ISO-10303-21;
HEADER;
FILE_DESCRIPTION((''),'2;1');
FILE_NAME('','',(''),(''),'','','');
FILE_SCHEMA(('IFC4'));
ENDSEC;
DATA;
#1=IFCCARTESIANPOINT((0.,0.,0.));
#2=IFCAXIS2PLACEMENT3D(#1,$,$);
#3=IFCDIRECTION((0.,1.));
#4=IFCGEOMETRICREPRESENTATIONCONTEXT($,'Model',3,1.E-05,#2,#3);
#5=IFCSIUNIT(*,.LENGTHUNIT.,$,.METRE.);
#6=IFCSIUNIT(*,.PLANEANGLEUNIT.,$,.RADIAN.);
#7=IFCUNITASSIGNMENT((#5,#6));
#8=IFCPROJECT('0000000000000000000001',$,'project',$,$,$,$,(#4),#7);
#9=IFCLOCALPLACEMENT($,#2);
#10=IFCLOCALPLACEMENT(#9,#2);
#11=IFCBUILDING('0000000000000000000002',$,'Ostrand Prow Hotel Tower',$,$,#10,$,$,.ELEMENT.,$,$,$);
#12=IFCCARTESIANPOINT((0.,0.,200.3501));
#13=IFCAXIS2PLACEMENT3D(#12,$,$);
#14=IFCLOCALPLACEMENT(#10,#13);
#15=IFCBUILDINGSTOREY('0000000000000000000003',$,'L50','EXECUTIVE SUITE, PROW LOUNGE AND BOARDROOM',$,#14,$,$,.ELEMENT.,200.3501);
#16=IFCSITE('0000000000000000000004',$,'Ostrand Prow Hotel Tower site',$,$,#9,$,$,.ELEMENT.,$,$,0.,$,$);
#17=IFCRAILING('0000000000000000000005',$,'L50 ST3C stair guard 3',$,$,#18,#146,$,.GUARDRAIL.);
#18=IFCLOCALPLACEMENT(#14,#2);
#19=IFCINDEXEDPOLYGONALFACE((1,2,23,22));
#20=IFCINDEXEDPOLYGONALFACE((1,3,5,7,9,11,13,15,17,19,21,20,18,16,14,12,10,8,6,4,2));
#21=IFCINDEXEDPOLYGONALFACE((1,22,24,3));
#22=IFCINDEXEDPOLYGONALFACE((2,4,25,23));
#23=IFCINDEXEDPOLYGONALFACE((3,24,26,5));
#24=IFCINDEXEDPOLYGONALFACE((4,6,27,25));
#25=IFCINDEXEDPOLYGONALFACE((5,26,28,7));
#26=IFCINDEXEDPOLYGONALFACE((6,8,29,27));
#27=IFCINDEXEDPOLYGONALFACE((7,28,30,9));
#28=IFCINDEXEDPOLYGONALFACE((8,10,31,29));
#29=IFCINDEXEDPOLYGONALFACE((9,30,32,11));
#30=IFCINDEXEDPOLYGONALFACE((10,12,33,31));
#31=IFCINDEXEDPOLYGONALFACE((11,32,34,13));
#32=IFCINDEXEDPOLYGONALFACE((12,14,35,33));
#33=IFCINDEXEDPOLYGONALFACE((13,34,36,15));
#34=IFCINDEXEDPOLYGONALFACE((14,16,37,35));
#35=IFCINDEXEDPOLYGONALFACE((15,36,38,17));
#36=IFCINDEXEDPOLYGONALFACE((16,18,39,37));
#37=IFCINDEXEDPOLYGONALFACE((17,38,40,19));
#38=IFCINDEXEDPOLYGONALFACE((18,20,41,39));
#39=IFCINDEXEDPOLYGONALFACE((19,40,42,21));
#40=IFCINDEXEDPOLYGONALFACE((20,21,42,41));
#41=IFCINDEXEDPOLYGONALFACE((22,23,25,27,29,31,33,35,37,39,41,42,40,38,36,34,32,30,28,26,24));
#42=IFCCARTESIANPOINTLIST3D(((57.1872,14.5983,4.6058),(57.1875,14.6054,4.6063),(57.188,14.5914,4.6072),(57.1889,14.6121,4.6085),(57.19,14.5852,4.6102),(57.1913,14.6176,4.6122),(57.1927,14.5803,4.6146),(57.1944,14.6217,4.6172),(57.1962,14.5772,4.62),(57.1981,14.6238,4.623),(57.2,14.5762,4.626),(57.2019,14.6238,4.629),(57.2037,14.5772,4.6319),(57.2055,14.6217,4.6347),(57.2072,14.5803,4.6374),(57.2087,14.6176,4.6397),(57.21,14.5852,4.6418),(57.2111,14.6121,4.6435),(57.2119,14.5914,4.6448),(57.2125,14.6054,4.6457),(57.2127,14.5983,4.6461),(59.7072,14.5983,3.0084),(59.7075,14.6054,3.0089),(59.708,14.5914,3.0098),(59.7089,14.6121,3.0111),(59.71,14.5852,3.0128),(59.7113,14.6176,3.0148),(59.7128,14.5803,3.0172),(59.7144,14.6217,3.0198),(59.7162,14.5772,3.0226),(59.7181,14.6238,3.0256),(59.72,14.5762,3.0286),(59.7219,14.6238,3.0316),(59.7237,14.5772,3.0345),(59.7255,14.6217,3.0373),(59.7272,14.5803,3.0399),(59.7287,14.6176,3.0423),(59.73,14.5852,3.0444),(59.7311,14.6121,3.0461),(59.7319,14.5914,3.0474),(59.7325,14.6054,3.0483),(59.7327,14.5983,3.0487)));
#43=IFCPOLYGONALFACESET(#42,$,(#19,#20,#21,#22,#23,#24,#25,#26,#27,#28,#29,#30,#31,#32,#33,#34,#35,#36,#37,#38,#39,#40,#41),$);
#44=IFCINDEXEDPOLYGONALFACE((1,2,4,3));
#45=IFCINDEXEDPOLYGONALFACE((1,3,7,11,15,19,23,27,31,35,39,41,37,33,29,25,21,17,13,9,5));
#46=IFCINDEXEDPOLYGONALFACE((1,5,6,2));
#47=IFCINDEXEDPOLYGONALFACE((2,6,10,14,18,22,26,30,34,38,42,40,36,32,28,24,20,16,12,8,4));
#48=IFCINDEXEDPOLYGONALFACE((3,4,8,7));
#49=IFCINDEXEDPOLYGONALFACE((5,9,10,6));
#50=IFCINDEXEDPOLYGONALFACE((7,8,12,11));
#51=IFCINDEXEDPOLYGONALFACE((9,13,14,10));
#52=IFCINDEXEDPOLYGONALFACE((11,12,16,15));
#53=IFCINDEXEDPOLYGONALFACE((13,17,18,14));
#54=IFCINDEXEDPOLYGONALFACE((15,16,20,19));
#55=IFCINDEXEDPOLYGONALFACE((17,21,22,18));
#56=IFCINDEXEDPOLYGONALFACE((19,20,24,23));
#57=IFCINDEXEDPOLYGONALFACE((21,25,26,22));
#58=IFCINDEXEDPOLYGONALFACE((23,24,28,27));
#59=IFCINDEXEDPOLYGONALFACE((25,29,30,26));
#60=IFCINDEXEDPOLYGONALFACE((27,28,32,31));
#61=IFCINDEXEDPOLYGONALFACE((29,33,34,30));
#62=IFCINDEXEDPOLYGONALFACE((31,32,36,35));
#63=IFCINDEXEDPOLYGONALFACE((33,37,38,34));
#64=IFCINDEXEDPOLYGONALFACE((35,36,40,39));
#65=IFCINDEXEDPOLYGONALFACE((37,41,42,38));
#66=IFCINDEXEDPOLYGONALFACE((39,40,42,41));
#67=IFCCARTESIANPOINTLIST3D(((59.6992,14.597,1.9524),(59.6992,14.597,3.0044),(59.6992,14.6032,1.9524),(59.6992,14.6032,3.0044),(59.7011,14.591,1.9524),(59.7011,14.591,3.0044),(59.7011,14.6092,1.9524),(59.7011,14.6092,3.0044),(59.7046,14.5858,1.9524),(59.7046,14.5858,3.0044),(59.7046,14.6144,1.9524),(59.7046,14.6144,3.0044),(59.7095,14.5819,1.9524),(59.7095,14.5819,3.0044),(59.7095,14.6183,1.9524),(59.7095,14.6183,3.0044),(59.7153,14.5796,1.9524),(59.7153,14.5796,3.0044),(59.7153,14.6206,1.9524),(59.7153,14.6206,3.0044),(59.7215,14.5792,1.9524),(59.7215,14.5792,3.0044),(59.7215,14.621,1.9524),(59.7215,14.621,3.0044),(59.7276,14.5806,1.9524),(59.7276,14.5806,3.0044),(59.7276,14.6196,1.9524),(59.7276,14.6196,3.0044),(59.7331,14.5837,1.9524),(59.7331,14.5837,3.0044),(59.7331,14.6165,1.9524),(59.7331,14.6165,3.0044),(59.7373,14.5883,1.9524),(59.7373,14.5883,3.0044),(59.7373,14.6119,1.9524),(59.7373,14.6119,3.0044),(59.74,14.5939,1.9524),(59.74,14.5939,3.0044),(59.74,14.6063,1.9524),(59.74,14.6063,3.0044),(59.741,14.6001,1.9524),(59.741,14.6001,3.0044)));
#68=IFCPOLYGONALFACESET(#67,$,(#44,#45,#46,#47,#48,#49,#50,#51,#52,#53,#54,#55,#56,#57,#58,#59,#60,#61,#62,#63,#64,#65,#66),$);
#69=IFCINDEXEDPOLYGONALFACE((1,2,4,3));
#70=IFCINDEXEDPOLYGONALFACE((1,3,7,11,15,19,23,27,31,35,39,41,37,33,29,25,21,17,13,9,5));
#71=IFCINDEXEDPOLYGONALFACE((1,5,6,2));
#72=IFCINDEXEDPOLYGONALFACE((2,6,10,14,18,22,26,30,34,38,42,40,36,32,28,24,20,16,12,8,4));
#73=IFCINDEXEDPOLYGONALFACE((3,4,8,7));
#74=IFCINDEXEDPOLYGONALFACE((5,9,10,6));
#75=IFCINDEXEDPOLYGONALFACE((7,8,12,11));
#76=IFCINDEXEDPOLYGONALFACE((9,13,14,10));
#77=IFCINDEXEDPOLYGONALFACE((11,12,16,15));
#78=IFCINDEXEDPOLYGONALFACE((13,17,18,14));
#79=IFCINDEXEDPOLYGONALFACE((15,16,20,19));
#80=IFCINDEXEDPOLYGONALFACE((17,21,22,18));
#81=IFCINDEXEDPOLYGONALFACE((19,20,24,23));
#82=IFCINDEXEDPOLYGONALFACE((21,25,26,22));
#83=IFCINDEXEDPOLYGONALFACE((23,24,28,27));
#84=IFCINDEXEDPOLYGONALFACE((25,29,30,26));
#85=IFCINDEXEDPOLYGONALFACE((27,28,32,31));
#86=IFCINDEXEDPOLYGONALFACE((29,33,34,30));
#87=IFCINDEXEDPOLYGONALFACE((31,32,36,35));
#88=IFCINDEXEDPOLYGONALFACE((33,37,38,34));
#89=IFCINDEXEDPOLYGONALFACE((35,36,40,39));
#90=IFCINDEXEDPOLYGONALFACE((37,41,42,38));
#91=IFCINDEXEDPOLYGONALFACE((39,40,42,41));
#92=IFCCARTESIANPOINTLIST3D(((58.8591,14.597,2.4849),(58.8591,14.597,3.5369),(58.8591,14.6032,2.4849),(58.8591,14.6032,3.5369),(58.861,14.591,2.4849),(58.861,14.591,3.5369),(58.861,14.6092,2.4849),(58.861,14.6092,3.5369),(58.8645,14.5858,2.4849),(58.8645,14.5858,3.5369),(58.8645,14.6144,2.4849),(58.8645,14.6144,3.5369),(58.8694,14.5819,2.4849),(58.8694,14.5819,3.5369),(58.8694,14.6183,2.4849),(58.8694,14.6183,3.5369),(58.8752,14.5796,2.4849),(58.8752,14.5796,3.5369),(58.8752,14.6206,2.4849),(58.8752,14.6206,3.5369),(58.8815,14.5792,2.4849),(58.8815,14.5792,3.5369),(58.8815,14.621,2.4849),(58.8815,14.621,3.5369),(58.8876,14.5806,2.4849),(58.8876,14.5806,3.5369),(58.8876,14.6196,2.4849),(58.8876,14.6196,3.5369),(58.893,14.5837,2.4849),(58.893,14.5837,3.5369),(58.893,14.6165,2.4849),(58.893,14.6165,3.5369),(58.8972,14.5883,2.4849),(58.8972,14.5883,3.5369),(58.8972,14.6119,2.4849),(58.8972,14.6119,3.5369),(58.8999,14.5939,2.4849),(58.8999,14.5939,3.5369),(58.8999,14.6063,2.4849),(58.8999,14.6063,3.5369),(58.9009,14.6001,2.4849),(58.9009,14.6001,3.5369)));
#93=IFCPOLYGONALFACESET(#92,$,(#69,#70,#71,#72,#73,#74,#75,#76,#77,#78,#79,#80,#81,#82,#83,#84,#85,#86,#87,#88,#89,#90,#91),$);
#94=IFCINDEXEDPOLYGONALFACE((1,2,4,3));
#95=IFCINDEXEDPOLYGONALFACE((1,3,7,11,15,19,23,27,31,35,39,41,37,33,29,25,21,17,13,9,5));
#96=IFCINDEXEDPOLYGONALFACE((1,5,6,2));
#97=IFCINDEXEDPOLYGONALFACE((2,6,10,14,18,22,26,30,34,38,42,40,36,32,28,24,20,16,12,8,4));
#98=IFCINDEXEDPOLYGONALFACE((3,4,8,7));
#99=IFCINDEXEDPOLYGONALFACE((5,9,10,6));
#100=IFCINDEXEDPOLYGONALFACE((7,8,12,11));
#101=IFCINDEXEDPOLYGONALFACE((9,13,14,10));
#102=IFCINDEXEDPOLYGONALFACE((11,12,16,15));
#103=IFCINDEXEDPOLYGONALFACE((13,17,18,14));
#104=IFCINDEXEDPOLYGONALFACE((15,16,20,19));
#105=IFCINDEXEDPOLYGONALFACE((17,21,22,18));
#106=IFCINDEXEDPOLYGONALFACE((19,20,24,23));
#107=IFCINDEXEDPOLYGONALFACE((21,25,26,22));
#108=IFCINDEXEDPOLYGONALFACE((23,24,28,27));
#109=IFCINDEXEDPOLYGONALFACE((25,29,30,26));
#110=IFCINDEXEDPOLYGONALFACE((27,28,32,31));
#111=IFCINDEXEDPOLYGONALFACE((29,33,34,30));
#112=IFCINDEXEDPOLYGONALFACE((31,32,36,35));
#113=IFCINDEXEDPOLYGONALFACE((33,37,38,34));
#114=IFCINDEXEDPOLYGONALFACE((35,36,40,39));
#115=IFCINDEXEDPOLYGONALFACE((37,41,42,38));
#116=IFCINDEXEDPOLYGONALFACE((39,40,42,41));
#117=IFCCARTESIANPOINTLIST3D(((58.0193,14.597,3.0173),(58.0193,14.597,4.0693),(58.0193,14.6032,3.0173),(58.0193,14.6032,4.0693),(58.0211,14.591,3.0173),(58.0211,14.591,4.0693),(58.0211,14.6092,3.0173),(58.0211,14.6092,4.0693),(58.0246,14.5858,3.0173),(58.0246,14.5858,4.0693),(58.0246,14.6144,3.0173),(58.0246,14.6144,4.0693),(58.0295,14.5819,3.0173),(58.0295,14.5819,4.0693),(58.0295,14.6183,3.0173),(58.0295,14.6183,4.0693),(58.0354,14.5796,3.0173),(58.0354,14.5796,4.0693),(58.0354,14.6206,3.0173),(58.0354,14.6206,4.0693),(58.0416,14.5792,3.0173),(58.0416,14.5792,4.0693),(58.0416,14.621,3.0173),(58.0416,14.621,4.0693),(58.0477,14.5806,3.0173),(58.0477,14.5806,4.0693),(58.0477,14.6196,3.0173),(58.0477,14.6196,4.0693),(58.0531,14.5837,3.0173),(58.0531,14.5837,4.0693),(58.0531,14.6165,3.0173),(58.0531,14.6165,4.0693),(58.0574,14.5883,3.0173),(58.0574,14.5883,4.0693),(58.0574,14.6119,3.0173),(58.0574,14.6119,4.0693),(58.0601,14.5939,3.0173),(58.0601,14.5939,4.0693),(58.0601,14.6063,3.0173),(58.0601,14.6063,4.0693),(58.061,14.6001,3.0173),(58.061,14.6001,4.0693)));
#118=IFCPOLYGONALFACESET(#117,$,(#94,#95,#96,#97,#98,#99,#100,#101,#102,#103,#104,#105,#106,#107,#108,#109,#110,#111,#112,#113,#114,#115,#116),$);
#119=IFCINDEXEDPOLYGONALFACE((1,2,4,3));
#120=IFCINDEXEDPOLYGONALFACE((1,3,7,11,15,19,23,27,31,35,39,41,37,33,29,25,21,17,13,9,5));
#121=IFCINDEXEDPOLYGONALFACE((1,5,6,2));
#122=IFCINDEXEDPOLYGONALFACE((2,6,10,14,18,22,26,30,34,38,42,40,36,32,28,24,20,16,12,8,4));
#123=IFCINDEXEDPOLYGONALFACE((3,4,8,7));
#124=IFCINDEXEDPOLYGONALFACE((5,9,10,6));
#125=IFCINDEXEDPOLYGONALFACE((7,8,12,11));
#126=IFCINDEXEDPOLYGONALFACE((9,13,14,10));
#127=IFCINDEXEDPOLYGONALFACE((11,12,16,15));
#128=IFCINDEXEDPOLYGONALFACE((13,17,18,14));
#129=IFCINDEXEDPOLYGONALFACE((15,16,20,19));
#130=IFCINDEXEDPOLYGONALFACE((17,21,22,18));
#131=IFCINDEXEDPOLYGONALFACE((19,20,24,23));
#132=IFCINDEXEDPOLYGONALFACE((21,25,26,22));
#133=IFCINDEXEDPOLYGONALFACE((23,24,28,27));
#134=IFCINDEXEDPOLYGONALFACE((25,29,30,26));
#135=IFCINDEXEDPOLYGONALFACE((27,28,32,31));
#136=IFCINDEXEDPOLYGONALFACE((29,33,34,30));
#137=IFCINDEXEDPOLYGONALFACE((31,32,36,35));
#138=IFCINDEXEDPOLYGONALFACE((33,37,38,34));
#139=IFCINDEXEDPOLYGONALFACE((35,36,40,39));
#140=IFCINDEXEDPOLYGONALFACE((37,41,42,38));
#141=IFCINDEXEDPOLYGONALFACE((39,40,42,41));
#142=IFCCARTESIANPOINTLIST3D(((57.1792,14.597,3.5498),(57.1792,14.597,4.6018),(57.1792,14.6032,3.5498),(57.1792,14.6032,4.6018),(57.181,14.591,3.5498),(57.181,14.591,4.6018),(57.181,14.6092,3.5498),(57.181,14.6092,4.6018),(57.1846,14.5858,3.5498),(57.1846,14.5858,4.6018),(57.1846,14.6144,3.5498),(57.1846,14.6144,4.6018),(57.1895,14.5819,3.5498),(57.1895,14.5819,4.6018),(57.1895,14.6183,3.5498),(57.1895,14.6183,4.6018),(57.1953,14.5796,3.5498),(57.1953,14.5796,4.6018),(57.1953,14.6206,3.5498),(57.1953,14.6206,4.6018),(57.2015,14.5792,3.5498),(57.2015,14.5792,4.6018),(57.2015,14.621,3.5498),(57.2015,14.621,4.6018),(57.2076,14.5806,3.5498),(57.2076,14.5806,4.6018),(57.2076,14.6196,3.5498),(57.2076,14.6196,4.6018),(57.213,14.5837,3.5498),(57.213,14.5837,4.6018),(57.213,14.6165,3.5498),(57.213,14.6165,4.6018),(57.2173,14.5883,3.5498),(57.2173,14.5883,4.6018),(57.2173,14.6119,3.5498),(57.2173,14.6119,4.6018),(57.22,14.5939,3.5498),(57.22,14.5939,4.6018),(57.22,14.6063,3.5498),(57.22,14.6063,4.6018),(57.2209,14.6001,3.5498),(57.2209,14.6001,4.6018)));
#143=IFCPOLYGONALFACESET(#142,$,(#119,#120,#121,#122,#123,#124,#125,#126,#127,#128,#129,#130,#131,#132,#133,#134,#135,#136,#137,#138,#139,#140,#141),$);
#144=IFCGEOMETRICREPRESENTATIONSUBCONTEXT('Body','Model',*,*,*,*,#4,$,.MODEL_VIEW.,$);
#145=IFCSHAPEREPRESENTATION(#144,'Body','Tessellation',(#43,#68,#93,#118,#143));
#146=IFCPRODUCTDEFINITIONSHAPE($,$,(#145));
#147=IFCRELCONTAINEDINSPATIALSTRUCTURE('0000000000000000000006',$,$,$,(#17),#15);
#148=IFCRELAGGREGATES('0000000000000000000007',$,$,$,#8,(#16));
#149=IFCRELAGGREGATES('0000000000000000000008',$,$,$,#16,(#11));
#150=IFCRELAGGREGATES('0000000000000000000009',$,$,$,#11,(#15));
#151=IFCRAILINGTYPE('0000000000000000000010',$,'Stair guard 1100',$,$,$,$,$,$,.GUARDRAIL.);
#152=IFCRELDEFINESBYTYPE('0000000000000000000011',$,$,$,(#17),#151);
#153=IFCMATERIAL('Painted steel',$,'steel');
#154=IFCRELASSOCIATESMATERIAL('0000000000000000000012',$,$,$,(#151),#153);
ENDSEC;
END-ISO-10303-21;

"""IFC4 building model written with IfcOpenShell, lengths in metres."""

from ifc_helpers import new_model, si_unit, direction, frame, origin, origin_2d, place, context, subcontext, project, spatial, circle, extrude, material, type_object, element, save


model = new_model("IFC4")

# Units and contexts
model_context = context("Model", 3, precision=1e-05, world=origin(), true_north=direction((0.0, 1.0)))
body_context = subcontext(model_context, "Body", "Model", "MODEL_VIEW")
ifc_project = project(units=[si_unit("LENGTHUNIT", "METRE"), si_unit("PLANEANGLEUNIT", "RADIAN")], contexts=[model_context])

# Site, building, storey
site_placement = place(None, origin())
site = spatial("IfcSite", under=ifc_project, at=site_placement, Name="Ostrand Prow Hotel Tower site", CompositionType="ELEMENT", RefElevation=0.0)
building_placement = place(site_placement, origin())
building = spatial("IfcBuilding", under=site, at=building_placement, Name="Ostrand Prow Hotel Tower", CompositionType="ELEMENT")
storey_placement = place(building_placement, frame((0.0, 0.0, 200.3501)))
storey = spatial("IfcBuildingStorey", under=building, at=storey_placement, Name="L50", Description="EXECUTIVE SUITE, PROW LOUNGE AND BOARDROOM", CompositionType="ELEMENT", Elevation=200.3501)

# Railing
ifc_material_1 = material(Name="Painted steel", Category="steel")
railing_type_1 = type_object("IfcRailingType", Name="Stair guard 1100", PredefinedType="GUARDRAIL", material=ifc_material_1)
railing_1_placement = place(storey_placement, frame((59.72, 14.6001, 1.9524)))
element("IfcRailing", 1, at=railing_1_placement, inside=storey, type_object=railing_type_1, Name="L50 ST3C stair guard 3", PredefinedType="GUARDRAIL", context=body_context, shape_type="SweptSolid", body=[
    extrude(circle(Radius=0.0239, at=origin_2d()), frame((0.0, 0.0, 1.0762), z_axis=(-0.844607, 0.0, 0.535387), x_axis=(0.0, -1.0, 0.0)), (0.0, 0.0, 1.0), 2.9836),
    extrude(circle(Radius=0.021, at=origin_2d()), origin(), (0.0, 0.0, 1.0), 1.052),
    extrude(circle(Radius=0.021, at=origin_2d()), frame((-0.8401, 0.0, 0.5325)), (0.0, 0.0, 1.0), 1.052),
    extrude(circle(Radius=0.021, at=origin_2d()), frame((-1.6799, 0.0, 1.0649)), (0.0, 0.0, 1.0), 1.052),
    extrude(circle(Radius=0.021, at=origin_2d()), frame((-2.52, 0.0, 1.5974)), (0.0, 0.0, 1.0), 1.052),
])

save(model, "model.ifc")
